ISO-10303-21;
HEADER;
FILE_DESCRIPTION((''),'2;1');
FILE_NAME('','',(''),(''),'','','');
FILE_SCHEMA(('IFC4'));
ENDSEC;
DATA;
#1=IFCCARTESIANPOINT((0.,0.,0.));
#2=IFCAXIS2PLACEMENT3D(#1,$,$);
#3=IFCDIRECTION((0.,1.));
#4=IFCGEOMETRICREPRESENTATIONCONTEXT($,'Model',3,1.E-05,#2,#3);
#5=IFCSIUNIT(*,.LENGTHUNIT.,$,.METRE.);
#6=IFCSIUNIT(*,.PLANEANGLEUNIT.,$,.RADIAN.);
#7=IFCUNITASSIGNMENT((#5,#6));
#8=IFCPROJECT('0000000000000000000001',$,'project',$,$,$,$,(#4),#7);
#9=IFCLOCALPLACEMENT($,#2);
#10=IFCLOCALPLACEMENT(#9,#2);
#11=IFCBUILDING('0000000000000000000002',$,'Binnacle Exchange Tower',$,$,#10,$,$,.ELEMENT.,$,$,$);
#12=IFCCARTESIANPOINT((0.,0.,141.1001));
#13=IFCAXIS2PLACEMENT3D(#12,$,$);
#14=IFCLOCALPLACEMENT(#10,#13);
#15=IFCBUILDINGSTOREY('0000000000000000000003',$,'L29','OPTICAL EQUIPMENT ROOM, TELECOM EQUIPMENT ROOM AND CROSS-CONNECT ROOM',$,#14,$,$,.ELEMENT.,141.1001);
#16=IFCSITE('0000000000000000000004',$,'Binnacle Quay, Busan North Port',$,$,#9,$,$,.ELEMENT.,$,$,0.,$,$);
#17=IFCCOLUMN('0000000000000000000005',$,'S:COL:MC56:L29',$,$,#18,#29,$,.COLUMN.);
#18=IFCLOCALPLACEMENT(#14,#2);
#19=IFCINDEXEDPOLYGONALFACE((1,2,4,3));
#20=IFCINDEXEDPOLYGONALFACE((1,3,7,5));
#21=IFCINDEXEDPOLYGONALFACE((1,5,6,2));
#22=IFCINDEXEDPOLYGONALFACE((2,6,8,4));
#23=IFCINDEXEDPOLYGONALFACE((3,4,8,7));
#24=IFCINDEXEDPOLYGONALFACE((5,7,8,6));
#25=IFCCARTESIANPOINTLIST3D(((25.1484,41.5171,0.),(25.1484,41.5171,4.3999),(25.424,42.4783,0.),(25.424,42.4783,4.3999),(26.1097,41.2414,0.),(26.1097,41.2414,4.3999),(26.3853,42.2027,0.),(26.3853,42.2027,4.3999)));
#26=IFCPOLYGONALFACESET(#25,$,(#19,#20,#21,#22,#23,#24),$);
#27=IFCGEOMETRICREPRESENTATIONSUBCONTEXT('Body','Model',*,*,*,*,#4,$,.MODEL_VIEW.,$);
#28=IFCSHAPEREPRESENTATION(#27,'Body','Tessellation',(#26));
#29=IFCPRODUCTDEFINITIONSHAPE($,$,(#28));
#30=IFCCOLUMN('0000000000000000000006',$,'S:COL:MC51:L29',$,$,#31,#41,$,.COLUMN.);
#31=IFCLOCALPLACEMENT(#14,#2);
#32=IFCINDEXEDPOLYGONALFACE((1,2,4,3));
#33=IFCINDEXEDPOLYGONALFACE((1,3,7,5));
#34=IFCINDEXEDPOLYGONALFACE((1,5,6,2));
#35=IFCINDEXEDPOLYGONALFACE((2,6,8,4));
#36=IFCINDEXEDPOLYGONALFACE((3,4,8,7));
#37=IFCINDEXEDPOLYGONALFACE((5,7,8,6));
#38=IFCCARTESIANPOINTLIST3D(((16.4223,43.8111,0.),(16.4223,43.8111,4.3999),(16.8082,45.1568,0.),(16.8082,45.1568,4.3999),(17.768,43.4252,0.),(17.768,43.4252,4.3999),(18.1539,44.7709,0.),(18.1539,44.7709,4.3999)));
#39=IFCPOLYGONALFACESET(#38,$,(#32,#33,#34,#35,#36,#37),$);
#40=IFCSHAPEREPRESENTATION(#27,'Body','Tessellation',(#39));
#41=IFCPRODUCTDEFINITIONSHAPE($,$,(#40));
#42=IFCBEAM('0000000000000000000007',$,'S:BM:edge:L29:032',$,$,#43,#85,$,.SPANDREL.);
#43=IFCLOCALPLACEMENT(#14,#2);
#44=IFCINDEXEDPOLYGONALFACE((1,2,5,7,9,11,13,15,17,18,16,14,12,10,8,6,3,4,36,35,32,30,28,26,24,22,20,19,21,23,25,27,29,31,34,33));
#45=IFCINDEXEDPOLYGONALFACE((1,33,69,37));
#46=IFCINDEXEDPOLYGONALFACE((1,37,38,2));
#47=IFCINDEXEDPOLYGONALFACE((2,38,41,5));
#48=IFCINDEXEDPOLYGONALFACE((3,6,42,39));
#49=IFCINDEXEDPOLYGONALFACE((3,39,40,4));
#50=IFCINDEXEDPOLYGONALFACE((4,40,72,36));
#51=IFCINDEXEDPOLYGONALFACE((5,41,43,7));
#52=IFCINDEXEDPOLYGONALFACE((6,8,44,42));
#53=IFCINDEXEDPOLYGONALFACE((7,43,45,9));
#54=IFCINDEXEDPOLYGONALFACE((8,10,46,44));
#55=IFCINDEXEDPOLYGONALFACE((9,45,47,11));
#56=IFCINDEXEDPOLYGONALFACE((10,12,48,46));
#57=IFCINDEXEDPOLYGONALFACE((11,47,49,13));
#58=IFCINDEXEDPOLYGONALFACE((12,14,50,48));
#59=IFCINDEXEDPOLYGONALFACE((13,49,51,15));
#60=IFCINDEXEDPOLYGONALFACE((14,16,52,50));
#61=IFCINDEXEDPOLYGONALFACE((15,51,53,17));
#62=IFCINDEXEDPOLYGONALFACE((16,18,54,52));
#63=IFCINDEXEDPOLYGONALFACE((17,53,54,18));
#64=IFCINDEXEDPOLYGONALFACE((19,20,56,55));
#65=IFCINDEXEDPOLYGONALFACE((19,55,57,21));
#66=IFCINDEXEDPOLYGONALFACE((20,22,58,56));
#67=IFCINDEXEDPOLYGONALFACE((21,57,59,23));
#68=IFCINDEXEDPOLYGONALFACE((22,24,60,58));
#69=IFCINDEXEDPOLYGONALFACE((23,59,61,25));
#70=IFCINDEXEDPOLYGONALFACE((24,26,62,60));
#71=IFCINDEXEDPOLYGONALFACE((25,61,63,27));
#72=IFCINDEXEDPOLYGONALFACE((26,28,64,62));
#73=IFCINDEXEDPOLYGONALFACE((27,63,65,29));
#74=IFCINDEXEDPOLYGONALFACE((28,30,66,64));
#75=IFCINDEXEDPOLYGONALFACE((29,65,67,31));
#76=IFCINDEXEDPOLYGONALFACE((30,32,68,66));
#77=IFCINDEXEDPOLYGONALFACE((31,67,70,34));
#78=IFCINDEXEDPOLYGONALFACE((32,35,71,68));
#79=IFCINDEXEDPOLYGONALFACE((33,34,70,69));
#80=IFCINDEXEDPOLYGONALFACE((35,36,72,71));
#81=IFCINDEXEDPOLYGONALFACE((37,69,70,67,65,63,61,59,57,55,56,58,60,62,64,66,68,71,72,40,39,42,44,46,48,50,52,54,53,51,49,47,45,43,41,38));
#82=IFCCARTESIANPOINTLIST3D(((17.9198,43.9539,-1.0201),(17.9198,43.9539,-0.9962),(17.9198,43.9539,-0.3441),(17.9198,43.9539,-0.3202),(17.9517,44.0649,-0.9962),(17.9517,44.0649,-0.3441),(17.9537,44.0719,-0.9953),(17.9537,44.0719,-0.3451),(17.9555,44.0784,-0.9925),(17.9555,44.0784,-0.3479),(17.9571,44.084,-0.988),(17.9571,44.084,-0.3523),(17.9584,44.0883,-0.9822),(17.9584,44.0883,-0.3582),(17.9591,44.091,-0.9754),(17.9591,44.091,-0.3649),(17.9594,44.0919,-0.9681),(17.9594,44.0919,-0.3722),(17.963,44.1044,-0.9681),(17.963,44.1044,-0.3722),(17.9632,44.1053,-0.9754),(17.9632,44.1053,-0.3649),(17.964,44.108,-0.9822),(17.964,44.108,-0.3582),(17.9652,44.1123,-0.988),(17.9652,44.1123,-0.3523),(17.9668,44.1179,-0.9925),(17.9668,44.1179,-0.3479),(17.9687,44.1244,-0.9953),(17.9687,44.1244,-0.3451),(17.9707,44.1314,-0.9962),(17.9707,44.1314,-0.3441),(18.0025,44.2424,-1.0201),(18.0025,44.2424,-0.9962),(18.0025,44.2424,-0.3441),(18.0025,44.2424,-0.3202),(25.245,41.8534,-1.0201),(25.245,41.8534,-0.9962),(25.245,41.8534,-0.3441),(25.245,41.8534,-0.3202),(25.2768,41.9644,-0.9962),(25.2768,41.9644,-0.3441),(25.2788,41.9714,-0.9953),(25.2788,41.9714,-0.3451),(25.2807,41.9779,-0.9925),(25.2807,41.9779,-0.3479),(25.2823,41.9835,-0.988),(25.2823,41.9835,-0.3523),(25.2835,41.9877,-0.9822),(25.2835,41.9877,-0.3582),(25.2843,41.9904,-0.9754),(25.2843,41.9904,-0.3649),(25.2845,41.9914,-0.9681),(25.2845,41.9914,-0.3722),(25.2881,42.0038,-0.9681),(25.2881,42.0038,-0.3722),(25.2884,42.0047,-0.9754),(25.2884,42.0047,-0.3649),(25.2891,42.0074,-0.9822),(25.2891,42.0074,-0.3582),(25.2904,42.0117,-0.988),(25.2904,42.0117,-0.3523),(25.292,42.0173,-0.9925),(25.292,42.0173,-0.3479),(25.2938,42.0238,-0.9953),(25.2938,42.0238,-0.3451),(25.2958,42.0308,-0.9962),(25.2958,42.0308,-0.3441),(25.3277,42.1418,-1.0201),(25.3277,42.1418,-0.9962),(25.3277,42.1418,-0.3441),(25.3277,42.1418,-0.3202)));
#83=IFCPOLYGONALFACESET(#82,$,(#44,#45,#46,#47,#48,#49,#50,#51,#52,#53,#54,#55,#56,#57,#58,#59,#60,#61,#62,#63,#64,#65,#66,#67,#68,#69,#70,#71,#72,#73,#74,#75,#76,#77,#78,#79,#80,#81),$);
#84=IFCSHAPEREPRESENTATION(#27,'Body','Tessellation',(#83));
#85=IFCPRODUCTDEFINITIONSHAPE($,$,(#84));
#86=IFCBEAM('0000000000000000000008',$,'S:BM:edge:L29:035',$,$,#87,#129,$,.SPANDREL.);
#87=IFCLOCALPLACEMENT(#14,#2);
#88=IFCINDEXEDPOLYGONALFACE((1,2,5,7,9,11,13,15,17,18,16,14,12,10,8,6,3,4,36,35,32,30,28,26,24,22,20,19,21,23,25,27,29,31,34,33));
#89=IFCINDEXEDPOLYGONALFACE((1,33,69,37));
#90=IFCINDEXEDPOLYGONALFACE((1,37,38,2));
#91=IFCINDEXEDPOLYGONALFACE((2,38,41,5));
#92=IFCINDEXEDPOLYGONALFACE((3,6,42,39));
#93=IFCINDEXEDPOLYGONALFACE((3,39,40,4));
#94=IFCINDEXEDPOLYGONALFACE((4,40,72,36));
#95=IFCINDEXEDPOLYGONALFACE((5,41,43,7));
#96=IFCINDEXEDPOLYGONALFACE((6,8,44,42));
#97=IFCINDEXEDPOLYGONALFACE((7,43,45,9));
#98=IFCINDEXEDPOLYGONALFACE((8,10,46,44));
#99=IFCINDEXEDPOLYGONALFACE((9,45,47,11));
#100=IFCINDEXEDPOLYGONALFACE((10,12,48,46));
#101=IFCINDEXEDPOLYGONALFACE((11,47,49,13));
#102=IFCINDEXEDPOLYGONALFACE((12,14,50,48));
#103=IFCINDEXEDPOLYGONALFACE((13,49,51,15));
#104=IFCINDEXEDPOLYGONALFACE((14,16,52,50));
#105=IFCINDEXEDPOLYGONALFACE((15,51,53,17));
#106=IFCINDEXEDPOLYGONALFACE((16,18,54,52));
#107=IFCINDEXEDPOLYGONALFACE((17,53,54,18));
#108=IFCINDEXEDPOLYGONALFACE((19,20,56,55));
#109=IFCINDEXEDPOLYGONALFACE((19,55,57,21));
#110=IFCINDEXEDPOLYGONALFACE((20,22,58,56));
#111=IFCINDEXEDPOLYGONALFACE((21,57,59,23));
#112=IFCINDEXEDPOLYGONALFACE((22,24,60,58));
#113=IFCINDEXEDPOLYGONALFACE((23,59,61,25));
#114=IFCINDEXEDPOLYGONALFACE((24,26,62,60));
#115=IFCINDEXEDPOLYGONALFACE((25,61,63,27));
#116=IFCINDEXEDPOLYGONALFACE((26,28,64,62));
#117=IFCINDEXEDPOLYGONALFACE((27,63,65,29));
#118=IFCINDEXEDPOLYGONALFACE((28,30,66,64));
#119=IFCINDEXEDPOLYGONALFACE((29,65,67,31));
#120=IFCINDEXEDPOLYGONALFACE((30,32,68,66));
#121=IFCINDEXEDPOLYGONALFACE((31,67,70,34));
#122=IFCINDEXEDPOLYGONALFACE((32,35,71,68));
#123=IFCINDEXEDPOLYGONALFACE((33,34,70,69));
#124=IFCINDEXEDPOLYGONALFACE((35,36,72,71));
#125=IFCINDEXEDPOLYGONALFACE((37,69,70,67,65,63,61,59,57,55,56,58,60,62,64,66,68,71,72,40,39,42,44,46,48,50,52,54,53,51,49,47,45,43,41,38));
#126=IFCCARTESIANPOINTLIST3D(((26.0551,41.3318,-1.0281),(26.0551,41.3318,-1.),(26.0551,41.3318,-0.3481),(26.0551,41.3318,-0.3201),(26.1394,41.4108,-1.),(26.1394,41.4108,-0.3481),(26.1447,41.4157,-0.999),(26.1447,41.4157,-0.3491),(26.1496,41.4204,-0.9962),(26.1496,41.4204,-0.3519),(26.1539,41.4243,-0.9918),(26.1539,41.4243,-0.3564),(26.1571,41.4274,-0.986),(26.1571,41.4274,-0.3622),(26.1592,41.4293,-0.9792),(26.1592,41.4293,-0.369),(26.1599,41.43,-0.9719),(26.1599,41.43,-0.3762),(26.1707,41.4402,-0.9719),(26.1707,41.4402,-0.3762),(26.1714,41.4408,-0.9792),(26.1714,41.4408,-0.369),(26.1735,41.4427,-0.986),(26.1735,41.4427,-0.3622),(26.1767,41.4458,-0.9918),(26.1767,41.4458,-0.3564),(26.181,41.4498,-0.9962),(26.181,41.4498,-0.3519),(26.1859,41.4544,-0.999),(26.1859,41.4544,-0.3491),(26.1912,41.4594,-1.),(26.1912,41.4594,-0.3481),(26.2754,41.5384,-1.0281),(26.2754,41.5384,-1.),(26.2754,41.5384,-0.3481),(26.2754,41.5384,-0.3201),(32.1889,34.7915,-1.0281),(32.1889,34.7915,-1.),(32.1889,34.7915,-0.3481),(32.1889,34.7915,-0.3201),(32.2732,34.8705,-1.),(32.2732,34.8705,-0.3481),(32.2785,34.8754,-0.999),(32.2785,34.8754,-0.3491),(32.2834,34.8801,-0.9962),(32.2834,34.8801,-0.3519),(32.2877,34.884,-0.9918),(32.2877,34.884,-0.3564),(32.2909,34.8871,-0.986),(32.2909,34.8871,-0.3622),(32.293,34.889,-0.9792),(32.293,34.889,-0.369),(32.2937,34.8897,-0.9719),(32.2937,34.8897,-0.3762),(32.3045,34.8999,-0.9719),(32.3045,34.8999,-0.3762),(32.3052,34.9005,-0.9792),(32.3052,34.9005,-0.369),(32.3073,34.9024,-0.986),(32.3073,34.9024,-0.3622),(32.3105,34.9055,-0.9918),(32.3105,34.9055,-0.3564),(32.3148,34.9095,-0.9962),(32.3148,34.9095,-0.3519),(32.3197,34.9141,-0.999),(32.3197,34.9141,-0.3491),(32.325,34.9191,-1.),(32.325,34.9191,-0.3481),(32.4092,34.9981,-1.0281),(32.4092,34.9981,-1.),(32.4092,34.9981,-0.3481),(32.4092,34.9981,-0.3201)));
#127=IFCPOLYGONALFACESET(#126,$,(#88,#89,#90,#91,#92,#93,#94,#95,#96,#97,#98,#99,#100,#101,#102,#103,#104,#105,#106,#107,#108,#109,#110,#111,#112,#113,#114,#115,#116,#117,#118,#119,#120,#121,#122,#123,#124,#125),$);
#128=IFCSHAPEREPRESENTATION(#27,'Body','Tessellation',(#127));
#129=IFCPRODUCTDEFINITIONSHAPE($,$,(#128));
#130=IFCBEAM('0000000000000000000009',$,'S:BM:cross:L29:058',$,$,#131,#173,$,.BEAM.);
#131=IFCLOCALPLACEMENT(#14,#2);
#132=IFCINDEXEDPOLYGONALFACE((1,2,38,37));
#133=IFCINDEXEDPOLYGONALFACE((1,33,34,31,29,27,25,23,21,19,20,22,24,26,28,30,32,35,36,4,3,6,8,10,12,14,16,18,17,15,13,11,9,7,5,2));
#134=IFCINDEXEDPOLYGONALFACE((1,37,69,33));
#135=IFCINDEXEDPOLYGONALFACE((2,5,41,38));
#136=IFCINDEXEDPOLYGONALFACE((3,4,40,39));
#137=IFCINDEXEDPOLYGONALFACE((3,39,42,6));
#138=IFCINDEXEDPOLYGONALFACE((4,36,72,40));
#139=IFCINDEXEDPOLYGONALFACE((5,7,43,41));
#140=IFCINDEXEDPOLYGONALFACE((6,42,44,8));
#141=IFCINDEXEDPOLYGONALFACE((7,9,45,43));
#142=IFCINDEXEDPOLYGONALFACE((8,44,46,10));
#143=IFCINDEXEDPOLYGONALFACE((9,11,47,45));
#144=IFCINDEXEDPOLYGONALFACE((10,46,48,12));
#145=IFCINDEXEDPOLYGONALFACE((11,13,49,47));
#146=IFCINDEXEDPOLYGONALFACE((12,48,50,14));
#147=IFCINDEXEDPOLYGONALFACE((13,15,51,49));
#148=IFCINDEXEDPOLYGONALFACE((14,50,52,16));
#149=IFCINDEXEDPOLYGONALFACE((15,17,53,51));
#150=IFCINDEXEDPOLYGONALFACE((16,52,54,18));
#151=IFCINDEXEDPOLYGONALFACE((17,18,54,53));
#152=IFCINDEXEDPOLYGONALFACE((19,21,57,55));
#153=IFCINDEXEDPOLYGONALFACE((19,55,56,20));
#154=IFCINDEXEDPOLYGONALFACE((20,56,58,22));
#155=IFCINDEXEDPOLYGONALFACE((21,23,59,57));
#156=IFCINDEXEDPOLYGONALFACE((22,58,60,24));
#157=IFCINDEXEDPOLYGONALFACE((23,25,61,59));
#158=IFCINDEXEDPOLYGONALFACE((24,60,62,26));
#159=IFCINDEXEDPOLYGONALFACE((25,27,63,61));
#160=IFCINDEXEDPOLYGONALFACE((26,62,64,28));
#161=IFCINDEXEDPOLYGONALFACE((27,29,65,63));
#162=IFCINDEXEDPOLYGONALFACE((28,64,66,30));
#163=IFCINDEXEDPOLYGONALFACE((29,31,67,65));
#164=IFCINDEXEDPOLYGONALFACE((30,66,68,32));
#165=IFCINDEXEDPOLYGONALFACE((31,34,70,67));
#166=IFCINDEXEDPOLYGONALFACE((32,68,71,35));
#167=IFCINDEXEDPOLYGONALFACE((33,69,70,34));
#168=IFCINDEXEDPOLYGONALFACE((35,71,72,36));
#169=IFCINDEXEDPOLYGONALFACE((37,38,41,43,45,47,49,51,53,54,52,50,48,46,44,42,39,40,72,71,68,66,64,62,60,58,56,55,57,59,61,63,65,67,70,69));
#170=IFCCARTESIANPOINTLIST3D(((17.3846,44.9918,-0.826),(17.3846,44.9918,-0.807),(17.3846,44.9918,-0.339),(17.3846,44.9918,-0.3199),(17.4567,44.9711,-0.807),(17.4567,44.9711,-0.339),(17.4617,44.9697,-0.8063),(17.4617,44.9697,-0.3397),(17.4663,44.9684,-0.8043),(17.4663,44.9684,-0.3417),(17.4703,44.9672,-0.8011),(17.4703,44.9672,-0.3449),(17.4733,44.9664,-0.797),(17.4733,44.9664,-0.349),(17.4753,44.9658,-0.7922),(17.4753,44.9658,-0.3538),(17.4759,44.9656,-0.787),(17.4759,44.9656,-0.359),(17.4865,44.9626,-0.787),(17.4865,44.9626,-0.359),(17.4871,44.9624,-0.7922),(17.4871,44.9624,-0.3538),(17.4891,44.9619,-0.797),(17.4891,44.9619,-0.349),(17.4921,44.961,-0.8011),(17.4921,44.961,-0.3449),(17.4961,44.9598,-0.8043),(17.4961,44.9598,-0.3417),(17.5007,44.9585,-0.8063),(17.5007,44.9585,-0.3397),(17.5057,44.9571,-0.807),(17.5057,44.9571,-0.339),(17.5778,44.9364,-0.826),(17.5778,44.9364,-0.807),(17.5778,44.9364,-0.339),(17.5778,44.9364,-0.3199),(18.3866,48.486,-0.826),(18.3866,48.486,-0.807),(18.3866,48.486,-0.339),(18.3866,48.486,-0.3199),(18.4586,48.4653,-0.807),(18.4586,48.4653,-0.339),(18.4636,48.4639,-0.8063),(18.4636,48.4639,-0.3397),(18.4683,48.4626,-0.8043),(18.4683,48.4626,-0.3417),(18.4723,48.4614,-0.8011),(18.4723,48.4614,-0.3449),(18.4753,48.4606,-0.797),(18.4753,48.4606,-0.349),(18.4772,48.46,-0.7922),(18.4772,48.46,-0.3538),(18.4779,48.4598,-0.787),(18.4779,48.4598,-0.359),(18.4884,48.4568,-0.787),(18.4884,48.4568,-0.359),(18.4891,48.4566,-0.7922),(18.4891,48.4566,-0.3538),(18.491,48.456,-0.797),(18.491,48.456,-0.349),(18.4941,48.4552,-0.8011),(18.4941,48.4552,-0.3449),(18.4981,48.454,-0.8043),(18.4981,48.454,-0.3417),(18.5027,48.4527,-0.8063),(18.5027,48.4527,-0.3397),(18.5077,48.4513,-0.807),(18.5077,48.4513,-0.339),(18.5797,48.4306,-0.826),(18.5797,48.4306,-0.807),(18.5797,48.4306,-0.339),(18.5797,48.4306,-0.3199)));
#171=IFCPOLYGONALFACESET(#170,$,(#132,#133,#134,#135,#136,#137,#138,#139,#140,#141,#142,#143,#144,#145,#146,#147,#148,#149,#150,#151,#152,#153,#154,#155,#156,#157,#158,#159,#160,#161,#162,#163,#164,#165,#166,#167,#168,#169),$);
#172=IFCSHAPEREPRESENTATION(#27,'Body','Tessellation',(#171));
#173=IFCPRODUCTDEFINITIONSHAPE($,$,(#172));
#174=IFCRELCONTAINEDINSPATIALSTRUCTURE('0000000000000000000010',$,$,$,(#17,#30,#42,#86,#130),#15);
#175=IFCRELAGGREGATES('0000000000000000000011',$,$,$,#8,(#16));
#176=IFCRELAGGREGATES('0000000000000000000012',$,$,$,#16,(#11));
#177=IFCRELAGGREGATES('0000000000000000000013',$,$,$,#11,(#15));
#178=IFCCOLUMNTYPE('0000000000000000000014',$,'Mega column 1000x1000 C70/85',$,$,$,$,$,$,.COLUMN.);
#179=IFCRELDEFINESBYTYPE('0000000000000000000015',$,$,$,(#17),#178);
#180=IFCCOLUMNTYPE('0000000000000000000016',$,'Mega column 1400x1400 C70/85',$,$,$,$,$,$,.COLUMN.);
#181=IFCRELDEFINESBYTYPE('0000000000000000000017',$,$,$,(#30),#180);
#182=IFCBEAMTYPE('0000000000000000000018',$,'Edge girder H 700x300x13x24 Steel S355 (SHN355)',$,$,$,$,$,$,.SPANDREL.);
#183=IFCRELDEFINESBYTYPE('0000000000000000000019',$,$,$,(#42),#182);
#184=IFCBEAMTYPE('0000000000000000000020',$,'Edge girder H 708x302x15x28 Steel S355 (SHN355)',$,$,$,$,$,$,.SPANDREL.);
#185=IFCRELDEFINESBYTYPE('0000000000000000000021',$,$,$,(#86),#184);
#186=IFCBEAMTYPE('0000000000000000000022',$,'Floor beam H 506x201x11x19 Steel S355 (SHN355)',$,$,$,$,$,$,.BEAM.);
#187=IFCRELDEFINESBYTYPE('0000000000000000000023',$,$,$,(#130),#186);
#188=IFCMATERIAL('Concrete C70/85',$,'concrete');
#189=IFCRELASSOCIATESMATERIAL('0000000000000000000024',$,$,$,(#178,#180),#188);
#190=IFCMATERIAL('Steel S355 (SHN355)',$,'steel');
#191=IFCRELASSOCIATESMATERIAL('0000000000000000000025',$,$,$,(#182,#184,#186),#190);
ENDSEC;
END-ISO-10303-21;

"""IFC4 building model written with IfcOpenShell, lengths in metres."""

from ifc_helpers import new_model, si_unit, direction, frame, origin, origin_2d, place, context, subcontext, project, spatial, rectangle, i_section, extrude, material, material_profile, profile_set, type_object, element, save


model = new_model("IFC4")

# Units and contexts
model_context = context("Model", 3, precision=1e-05, world=origin(), true_north=direction((0.0, 1.0)))
body_context = subcontext(model_context, "Body", "Model", "MODEL_VIEW")
ifc_project = project(units=[si_unit("LENGTHUNIT", "METRE"), si_unit("PLANEANGLEUNIT", "RADIAN")], contexts=[model_context])

# Site, building, storey
site_placement = place(None, origin())
site = spatial("IfcSite", under=ifc_project, at=site_placement, Name="Binnacle Quay, Busan North Port", CompositionType="ELEMENT", RefElevation=0.0)
building_placement = place(site_placement, origin())
building = spatial("IfcBuilding", under=site, at=building_placement, Name="Binnacle Exchange Tower", CompositionType="ELEMENT")
storey_placement = place(building_placement, frame((0.0, 0.0, 141.1001)))
storey = spatial("IfcBuildingStorey", under=building, at=storey_placement, Name="L29", Description="OPTICAL EQUIPMENT ROOM, TELECOM EQUIPMENT ROOM AND CROSS-CONNECT ROOM", CompositionType="ELEMENT", Elevation=141.1001)

# Columns
ifc_material_1 = material(Name="Concrete C70/85", Category="concrete")
ifc_material_profile_1 = material_profile(ifc_material_1, rectangle(XDim=1.0, YDim=1.0, at=origin_2d()), Name="Mega column 1000x1000 C70/85")
ifc_profile_set_1 = profile_set([ifc_material_profile_1], Name="Concrete C70/85")
column_type_1 = type_object("IfcColumnType", Name="Mega column 1000x1000 C70/85", PredefinedType="COLUMN", material=ifc_profile_set_1)
column_1_placement = place(storey_placement, frame((25.7668, 41.8599, 0.0), z_axis=(0.0, 0.0, 1.0), x_axis=(0.961262, -0.275637, 0.0)))
element("IfcColumn", 1, at=column_1_placement, inside=storey, type_object=column_type_1, Name="S:COL:MC56:L29", PredefinedType="COLUMN", context=body_context, shape_type="SweptSolid", body=[
    extrude(rectangle(XDim=1.0, YDim=1.0, at=origin_2d()), origin(), (0.0, 0.0, 1.0), 4.3999),
])
ifc_material_profile_2 = material_profile(ifc_material_1, rectangle(XDim=1.3999, YDim=1.3999, at=origin_2d()), Name="Mega column 1400x1400 C70/85")
ifc_profile_set_2 = profile_set([ifc_material_profile_2], Name="Concrete C70/85")
column_type_2 = type_object("IfcColumnType", Name="Mega column 1400x1400 C70/85", PredefinedType="COLUMN", material=ifc_profile_set_2)
column_2_placement = place(storey_placement, frame((17.2881, 44.291, 0.0), z_axis=(0.0, 0.0, 1.0), x_axis=(0.961262, -0.275637, 0.0)))
element("IfcColumn", 2, at=column_2_placement, inside=storey, type_object=column_type_2, Name="S:COL:MC51:L29", PredefinedType="COLUMN", context=body_context, shape_type="SweptSolid", body=[
    extrude(rectangle(XDim=1.3999, YDim=1.3999, at=origin_2d()), origin(), (0.0, 0.0, 1.0), 4.3999),
])

# Beams
ifc_material_2 = material(Name="Steel S355 (SHN355)", Category="steel")
ifc_material_profile_3 = material_profile(ifc_material_2, i_section(OverallWidth=0.3, OverallDepth=0.7, WebThickness=0.0129, FlangeThickness=0.0239, FilletRadius=0.0281, at=origin_2d()), Name="H 700x300x13x24")
ifc_profile_set_3 = profile_set([ifc_material_profile_3], Name="Steel S355 (SHN355)")
beam_type_1 = type_object("IfcBeamType", Name="Edge girder H 700x300x13x24 Steel S355 (SHN355)", PredefinedType="SPANDREL", material=ifc_profile_set_3)
beam_1_placement = place(storey_placement, frame((17.9612, 44.0981, -0.6702), z_axis=(0.961258, -0.275652, 0.0), x_axis=(0.275652, 0.961258, 0.0)))
element("IfcBeam", 3, at=beam_1_placement, inside=storey, type_object=beam_type_1, Name="S:BM:edge:L29:032", PredefinedType="SPANDREL", context=body_context, shape_type="SweptSolid", body=[
    extrude(i_section(OverallWidth=0.3, OverallDepth=0.7, WebThickness=0.0129, FlangeThickness=0.0239, FilletRadius=0.0281, at=origin_2d()), origin(), (0.0, 0.0, 1.0), 7.6204),
])
ifc_material_profile_4 = material_profile(ifc_material_2, i_section(OverallWidth=0.302, OverallDepth=0.708, WebThickness=0.0149, FlangeThickness=0.0281, FilletRadius=0.0281, at=origin_2d()), Name="H 708x302x15x28")
ifc_profile_set_4 = profile_set([ifc_material_profile_4], Name="Steel S355 (SHN355)")
beam_type_2 = type_object("IfcBeamType", Name="Edge girder H 708x302x15x28 Steel S355 (SHN355)", PredefinedType="SPANDREL", material=ifc_profile_set_4)
beam_2_placement = place(storey_placement, frame((26.1653, 41.4351, -0.6741), z_axis=(0.684076, -0.729411, 0.0), x_axis=(0.729411, 0.684076, 0.0)))
element("IfcBeam", 4, at=beam_2_placement, inside=storey, type_object=beam_type_2, Name="S:BM:edge:L29:035", PredefinedType="SPANDREL", context=body_context, shape_type="SweptSolid", body=[
    extrude(i_section(OverallWidth=0.302, OverallDepth=0.708, WebThickness=0.0149, FlangeThickness=0.0281, FilletRadius=0.0281, at=origin_2d()), origin(), (0.0, 0.0, 1.0), 8.9666),
])
ifc_material_profile_5 = material_profile(ifc_material_2, i_section(OverallWidth=0.2009, OverallDepth=0.5061, WebThickness=0.011, FlangeThickness=0.019, FilletRadius=0.02, at=origin_2d()), Name="H 506x201x11x19")
ifc_profile_set_5 = profile_set([ifc_material_profile_5], Name="Steel S355 (SHN355)")
beam_type_3 = type_object("IfcBeamType", Name="Floor beam H 506x201x11x19 Steel S355 (SHN355)", PredefinedType="BEAM", material=ifc_profile_set_5)
beam_3_placement = place(storey_placement, frame((17.4812, 44.9641, -0.573), z_axis=(0.275644, 0.96126, 0.0), x_axis=(-0.96126, 0.275644, 0.0)))
element("IfcBeam", 5, at=beam_3_placement, inside=storey, type_object=beam_type_3, Name="S:BM:cross:L29:058", PredefinedType="BEAM", context=body_context, shape_type="SweptSolid", body=[
    extrude(i_section(OverallWidth=0.2009, OverallDepth=0.5061, WebThickness=0.011, FlangeThickness=0.019, FilletRadius=0.02, at=origin_2d()), origin(), (0.0, 0.0, 1.0), 3.635),
])

save(model, "model.ifc")
